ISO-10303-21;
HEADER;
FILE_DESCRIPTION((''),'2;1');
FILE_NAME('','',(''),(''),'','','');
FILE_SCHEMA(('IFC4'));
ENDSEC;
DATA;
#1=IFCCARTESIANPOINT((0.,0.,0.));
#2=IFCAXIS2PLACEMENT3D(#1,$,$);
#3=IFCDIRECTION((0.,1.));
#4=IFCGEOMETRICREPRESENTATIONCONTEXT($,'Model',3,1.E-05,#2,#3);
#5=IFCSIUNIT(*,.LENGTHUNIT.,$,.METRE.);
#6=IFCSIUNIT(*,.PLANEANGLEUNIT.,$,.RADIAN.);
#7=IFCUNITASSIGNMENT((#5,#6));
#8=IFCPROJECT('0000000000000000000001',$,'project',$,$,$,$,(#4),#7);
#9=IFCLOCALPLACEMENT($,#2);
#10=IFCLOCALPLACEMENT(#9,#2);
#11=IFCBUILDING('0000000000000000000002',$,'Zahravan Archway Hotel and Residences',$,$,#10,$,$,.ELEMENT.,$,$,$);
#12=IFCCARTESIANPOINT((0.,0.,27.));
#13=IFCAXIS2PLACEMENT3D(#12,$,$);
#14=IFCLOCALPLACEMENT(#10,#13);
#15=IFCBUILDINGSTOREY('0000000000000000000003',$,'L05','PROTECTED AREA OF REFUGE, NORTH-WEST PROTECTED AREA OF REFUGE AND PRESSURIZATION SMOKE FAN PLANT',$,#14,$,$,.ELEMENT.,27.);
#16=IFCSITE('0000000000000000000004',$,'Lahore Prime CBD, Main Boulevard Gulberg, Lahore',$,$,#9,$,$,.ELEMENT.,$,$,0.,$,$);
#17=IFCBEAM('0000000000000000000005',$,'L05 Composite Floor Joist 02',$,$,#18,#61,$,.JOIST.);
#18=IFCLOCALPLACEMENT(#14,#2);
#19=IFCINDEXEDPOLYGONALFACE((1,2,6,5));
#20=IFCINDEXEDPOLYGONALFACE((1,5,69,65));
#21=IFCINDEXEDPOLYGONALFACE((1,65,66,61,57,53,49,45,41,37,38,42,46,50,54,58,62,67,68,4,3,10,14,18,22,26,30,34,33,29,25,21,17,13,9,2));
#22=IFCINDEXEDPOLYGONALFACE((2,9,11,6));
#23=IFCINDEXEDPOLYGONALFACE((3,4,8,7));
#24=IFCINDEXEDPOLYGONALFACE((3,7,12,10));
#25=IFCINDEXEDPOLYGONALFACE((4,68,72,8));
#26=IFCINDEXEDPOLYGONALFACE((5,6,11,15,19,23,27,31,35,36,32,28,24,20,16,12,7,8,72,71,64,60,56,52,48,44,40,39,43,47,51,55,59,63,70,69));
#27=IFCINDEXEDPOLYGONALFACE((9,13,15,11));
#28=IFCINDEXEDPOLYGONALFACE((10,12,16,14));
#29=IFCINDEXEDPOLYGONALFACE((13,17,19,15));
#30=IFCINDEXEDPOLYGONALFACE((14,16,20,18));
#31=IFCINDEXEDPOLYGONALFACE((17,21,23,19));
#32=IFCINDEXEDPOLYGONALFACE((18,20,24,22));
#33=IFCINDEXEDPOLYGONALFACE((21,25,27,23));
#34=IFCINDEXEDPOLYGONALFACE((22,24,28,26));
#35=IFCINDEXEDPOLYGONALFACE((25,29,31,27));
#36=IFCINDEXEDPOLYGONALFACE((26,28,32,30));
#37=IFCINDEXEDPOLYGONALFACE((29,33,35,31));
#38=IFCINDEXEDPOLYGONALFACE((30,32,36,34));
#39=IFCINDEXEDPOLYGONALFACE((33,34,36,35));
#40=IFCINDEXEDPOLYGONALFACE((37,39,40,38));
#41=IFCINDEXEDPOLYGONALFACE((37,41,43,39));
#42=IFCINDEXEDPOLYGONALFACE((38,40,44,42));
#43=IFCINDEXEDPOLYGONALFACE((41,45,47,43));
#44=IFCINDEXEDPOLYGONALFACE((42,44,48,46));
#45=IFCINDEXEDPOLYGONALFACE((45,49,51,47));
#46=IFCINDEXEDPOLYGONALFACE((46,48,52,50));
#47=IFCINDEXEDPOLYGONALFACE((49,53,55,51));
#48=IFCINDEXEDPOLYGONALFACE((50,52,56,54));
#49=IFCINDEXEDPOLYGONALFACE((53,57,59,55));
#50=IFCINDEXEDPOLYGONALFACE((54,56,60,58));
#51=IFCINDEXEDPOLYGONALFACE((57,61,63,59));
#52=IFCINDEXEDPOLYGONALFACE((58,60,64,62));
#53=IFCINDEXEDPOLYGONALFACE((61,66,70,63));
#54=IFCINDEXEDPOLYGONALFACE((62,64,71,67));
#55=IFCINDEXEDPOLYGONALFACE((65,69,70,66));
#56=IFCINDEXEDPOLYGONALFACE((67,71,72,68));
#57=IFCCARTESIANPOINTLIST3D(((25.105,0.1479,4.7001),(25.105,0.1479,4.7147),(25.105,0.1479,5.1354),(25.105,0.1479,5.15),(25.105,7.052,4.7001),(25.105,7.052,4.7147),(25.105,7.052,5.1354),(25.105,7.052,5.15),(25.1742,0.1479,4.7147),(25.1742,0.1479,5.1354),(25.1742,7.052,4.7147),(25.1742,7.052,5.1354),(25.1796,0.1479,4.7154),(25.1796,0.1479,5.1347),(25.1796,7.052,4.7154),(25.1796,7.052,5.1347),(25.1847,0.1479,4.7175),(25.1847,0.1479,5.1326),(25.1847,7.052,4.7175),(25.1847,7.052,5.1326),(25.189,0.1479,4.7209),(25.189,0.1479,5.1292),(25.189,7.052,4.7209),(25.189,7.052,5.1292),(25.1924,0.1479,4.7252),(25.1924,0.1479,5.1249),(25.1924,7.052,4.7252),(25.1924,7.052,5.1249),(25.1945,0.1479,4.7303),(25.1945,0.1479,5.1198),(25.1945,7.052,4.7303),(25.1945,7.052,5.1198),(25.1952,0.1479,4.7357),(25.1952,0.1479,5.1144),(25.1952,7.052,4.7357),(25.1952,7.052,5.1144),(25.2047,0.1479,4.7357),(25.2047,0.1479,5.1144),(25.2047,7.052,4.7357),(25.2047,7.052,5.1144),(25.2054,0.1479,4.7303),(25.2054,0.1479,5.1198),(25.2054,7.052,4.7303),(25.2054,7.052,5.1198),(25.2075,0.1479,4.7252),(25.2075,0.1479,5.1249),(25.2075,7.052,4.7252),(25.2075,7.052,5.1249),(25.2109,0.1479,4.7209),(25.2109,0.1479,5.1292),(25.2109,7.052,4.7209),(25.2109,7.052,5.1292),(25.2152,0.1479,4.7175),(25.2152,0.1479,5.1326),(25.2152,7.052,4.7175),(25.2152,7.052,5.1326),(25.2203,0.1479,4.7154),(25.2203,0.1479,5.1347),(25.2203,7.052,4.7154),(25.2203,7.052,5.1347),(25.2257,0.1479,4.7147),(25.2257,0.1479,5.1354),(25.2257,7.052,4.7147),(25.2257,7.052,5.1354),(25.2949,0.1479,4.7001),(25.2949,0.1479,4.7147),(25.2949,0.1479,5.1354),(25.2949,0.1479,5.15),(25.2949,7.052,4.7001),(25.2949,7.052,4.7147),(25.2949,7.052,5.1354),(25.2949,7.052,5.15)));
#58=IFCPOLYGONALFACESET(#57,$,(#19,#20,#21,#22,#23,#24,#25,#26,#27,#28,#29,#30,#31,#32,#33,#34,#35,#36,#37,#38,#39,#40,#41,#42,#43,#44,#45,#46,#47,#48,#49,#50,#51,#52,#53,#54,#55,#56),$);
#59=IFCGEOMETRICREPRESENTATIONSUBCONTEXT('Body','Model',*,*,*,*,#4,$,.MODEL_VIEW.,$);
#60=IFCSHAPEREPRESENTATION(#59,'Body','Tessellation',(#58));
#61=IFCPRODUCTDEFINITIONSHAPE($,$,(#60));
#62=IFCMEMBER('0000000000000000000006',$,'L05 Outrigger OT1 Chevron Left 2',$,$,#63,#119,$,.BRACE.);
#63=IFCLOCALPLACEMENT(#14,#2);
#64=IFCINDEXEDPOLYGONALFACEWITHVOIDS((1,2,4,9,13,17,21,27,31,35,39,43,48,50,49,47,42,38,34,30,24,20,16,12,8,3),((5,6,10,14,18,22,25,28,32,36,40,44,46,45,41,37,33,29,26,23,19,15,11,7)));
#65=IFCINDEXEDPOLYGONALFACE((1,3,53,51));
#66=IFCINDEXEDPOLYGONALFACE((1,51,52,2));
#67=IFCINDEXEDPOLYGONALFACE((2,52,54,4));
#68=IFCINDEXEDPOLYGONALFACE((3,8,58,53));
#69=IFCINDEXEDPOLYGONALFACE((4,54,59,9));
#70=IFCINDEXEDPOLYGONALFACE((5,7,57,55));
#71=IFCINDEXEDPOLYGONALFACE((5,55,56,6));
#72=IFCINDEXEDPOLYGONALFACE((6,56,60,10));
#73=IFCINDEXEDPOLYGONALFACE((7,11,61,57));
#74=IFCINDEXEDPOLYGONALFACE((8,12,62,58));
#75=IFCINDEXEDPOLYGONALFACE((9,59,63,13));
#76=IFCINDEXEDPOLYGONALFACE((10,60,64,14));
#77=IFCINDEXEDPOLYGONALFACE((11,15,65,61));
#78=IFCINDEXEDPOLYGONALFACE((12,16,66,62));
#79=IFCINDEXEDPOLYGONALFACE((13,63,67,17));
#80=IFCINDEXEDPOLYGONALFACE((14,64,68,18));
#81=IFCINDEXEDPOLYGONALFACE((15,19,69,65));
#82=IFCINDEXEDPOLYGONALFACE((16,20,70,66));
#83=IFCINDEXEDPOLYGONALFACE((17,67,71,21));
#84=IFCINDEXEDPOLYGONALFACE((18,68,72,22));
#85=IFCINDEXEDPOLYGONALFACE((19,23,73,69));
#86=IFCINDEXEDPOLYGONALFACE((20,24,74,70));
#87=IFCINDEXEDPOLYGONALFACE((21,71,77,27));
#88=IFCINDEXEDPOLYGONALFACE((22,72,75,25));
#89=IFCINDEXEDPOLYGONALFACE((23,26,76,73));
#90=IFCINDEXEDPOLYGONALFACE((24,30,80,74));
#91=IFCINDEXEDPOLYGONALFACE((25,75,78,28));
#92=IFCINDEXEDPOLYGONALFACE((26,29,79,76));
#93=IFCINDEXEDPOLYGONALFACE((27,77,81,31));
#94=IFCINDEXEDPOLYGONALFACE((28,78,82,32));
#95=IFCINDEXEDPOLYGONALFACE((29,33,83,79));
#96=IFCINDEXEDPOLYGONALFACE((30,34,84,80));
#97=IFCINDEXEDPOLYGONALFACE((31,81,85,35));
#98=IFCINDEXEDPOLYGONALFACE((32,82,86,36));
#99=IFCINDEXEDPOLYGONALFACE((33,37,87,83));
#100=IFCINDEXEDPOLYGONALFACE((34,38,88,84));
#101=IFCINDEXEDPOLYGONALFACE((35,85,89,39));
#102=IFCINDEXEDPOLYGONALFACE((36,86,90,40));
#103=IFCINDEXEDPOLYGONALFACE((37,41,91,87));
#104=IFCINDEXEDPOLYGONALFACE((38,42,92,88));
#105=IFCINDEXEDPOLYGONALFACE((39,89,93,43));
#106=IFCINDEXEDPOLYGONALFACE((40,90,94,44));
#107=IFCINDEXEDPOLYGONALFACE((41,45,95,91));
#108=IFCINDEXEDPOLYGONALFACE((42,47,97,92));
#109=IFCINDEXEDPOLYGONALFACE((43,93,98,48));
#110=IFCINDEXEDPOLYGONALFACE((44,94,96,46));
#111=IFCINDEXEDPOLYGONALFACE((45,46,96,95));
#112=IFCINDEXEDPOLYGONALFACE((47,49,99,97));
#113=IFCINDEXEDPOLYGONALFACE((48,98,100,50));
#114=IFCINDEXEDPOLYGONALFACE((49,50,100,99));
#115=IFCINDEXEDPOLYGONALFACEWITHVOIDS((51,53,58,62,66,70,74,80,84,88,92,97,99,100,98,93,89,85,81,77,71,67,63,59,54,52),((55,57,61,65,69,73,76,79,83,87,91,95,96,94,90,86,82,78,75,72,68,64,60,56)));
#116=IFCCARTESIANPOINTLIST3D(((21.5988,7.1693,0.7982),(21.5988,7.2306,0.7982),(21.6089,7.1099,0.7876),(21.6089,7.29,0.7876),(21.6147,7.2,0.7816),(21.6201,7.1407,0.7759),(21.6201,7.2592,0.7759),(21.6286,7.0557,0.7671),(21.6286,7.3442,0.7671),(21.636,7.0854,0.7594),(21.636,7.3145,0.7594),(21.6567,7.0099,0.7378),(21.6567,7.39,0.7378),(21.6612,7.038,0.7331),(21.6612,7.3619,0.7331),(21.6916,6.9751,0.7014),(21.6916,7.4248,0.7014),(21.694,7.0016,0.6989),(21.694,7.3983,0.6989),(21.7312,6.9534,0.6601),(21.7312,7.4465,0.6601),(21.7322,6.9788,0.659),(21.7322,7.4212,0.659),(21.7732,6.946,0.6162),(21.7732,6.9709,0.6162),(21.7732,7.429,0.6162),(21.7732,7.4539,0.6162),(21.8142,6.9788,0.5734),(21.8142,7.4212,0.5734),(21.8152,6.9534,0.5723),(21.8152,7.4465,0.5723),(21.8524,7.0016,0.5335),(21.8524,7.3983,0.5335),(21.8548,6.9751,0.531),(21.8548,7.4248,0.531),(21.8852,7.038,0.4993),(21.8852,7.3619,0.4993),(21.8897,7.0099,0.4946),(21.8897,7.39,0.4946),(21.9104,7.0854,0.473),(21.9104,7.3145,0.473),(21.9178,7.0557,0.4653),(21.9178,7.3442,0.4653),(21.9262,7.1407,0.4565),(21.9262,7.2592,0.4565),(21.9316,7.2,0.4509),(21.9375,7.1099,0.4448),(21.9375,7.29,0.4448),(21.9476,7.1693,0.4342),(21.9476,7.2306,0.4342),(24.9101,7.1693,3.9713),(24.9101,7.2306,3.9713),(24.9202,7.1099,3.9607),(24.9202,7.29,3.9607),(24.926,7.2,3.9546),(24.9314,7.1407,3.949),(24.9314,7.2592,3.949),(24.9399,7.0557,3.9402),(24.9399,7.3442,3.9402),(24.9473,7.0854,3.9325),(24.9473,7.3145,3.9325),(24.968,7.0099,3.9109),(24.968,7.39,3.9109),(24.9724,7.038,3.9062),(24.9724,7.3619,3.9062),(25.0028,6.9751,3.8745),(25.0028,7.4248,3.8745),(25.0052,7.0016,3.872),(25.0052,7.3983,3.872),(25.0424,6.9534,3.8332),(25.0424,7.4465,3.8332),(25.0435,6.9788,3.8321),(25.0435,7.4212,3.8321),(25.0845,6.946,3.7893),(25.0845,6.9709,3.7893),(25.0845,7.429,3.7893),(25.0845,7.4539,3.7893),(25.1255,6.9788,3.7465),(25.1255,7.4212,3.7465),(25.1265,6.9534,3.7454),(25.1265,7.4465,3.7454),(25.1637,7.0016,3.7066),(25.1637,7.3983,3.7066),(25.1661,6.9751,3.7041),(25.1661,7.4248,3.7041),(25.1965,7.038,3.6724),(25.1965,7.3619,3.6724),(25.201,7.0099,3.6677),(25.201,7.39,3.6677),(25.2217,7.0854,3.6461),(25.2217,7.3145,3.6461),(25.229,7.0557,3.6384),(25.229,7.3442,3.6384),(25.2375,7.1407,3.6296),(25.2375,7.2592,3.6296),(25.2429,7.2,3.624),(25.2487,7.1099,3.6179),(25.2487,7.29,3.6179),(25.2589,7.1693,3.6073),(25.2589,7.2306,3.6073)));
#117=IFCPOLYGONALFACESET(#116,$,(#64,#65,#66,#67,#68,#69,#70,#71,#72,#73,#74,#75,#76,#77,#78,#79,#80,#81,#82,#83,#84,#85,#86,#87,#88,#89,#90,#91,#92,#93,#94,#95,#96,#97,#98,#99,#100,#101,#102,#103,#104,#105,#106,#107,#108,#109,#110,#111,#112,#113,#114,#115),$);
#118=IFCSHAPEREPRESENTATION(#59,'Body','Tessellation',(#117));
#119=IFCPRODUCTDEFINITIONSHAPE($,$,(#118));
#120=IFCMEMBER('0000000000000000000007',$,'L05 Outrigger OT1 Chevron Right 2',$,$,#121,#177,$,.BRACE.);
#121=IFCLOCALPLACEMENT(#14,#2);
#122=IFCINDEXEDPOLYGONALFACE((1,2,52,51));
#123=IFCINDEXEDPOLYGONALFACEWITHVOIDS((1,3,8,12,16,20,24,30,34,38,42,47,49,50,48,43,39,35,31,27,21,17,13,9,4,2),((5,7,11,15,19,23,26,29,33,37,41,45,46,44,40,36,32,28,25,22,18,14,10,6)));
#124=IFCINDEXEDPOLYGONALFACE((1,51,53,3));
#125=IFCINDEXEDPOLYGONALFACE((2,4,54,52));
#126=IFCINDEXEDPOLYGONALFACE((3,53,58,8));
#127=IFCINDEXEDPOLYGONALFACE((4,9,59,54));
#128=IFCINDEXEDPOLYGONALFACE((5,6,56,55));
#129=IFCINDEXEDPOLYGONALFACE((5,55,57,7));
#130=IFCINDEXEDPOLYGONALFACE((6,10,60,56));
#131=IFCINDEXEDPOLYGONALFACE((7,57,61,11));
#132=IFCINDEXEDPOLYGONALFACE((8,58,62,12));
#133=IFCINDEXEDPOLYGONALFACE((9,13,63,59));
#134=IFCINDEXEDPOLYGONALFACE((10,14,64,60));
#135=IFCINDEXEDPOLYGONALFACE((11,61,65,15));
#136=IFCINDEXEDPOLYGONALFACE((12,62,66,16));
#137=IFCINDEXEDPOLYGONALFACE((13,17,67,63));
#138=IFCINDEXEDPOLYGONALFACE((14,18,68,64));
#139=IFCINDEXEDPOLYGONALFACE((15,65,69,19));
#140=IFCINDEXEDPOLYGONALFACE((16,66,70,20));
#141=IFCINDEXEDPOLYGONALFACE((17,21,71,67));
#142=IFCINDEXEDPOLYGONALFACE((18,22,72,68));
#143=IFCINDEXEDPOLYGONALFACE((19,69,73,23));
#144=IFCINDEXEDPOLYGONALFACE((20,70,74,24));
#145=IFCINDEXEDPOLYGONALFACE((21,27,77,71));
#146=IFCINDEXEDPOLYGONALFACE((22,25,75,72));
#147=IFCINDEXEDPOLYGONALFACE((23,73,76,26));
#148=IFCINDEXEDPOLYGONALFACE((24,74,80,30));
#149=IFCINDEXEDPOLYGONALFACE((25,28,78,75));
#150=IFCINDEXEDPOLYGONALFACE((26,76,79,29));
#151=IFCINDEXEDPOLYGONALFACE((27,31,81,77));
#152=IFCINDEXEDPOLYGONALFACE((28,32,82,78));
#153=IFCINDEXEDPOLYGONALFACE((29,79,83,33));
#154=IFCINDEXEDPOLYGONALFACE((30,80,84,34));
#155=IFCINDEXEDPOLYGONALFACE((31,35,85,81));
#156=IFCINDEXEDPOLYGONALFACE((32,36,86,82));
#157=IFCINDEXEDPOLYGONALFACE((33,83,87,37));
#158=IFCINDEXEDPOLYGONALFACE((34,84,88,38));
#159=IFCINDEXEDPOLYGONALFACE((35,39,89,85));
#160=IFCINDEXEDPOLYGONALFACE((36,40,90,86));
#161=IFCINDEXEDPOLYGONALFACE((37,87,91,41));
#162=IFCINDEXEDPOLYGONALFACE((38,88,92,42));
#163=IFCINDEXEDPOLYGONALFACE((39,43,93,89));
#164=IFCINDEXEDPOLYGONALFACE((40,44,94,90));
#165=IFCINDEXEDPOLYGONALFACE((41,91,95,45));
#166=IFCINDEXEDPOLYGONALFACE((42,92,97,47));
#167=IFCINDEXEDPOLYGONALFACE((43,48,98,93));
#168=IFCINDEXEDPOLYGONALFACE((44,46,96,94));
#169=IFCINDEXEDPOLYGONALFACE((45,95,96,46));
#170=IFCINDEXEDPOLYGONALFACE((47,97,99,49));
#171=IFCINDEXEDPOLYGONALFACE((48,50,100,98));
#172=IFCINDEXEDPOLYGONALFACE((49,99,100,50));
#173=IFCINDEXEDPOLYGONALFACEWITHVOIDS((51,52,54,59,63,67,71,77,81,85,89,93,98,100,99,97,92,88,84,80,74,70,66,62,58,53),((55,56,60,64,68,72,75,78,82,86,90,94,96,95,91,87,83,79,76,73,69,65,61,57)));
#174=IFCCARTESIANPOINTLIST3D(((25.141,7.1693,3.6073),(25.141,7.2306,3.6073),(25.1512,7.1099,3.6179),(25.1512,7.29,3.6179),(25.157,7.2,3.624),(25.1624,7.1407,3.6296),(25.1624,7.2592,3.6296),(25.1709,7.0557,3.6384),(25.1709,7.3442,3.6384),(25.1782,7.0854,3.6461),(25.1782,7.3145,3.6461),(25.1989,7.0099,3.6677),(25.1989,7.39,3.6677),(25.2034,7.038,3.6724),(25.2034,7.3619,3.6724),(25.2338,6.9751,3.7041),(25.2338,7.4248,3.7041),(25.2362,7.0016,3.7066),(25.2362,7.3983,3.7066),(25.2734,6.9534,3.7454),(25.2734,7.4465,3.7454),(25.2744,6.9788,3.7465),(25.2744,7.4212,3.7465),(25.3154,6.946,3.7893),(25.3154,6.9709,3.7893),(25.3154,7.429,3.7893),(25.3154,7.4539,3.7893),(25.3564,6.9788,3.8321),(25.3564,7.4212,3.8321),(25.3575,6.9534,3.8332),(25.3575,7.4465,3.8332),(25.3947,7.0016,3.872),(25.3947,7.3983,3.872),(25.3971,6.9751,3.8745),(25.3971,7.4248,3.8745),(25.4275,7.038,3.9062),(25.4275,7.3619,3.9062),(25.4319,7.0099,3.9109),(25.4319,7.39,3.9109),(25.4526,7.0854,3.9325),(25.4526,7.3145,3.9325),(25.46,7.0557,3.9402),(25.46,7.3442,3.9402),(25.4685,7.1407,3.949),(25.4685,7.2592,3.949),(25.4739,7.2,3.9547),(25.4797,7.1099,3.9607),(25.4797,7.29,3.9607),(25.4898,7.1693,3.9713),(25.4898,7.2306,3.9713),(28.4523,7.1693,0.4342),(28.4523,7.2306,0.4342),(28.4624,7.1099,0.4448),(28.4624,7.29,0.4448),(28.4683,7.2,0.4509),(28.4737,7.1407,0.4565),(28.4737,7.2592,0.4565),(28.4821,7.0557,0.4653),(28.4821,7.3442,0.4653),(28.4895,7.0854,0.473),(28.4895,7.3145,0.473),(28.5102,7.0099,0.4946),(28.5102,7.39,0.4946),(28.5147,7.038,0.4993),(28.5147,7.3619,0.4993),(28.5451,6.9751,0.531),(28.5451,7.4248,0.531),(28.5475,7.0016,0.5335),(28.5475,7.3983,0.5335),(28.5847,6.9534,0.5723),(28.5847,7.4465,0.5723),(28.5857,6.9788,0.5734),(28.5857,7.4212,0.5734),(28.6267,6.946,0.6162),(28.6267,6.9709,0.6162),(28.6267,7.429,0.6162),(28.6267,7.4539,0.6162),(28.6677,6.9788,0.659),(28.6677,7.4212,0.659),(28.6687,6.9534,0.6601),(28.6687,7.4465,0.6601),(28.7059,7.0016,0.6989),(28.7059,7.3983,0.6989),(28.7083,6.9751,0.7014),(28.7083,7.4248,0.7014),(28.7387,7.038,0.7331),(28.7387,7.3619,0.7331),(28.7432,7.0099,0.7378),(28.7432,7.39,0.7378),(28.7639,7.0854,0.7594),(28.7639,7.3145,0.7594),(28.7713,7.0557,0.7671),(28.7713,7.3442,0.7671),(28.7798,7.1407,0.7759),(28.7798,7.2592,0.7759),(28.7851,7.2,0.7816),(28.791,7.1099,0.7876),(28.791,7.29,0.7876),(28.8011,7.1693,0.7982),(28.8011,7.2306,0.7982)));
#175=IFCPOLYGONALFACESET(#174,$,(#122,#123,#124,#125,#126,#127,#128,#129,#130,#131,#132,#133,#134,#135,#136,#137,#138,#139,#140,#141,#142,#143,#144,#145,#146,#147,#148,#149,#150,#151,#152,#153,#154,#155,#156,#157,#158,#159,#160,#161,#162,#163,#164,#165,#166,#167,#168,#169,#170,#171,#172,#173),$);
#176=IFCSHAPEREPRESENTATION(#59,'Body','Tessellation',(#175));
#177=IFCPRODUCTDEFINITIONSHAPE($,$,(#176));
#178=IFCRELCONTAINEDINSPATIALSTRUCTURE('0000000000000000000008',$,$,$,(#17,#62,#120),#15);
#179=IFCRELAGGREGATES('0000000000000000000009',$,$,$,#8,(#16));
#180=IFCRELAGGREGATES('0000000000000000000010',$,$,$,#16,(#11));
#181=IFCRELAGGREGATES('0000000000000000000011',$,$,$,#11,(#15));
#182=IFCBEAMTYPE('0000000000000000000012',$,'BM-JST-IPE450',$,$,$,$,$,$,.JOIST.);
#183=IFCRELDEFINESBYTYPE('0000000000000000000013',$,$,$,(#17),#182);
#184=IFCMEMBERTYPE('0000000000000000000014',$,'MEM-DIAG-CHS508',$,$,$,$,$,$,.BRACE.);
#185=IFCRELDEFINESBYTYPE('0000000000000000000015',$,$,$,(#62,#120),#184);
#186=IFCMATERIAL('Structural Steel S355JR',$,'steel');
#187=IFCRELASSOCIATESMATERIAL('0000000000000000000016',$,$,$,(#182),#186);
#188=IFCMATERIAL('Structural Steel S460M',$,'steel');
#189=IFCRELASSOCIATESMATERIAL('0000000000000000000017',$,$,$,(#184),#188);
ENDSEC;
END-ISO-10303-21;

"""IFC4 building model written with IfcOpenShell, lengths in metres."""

from ifc_helpers import new_model, si_unit, direction, frame, origin, origin_2d, place, context, subcontext, project, spatial, hollow_circle, i_section, extrude, source, transform, mapped, material, material_profile, profile_set, type_object, type_shapes, element, save


model = new_model("IFC4")

# Units and contexts
model_context = context("Model", 3, precision=1e-05, world=origin(), true_north=direction((0.0, 1.0)))
body_context = subcontext(model_context, "Body", "Model", "MODEL_VIEW")
ifc_project = project(units=[si_unit("LENGTHUNIT", "METRE"), si_unit("PLANEANGLEUNIT", "RADIAN")], contexts=[model_context])

# Site, building, storey
site_placement = place(None, origin())
site = spatial("IfcSite", under=ifc_project, at=site_placement, Name="Lahore Prime CBD, Main Boulevard Gulberg, Lahore", CompositionType="ELEMENT", RefElevation=0.0)
building_placement = place(site_placement, origin())
building = spatial("IfcBuilding", under=site, at=building_placement, Name="Zahravan Archway Hotel and Residences", CompositionType="ELEMENT")
storey_placement = place(building_placement, frame((0.0, 0.0, 27.0)))
storey = spatial("IfcBuildingStorey", under=building, at=storey_placement, Name="L05", Description="PROTECTED AREA OF REFUGE, NORTH-WEST PROTECTED AREA OF REFUGE AND PRESSURIZATION SMOKE FAN PLANT", CompositionType="ELEMENT", Elevation=27.0)

# Shared definitions
ifc_material_1 = material(Name="Structural Steel S460M", Category="steel")

# Beam
ifc_material_2 = material(Name="Structural Steel S355JR", Category="steel")
ifc_material_profile_1 = material_profile(ifc_material_2, i_section(OverallWidth=0.1899, OverallDepth=0.45, WebThickness=0.0095, FlangeThickness=0.0146, FilletRadius=0.021, at=origin_2d()), Name="IPE 450", Category="steel")
ifc_profile_set_1 = profile_set([ifc_material_profile_1], Name="Structural Steel S355JR")
beam_type_1 = type_object("IfcBeamType", Name="BM-JST-IPE450", PredefinedType="JOIST", material=ifc_profile_set_1)
shared_shape_1 = source(origin(), body_context, "Body", "SweptSolid", [
    extrude(i_section(OverallWidth=0.1899, OverallDepth=0.45, WebThickness=0.0095, FlangeThickness=0.0146, FilletRadius=0.021, at=origin_2d()), origin(), (0.0, 0.0, 1.0), 6.9041),
])
type_shapes(beam_type_1, [shared_shape_1])
beam_1_placement = place(storey_placement, frame((25.2, 0.1479, 4.925), z_axis=(0.0, 1.0, 0.0), x_axis=(-1.0, 0.0, 0.0)))
element("IfcBeam", 1, at=beam_1_placement, inside=storey, type_object=beam_type_1, Name="L05 Composite Floor Joist 02", PredefinedType="JOIST", context=body_context, shape_type="MappedRepresentation", body=[
    mapped(shared_shape_1, transform((0.0, 0.0, 0.0), scale=1.0)),
])

# Members
ifc_material_profile_2 = material_profile(ifc_material_1, hollow_circle(Radius=0.2539, WallThickness=0.0249, at=origin_2d()), Name="CHS 508x25", Category="steel")
ifc_profile_set_2 = profile_set([ifc_material_profile_2], Name="Structural Steel S460M")
member_type_1 = type_object("IfcMemberType", Name="MEM-DIAG-CHS508", PredefinedType="BRACE", material=ifc_profile_set_2)
shared_shape_2 = source(origin(), body_context, "Body", "SweptSolid", [
    extrude(hollow_circle(Radius=0.2539, WallThickness=0.0249, at=origin_2d()), origin(), (0.0, 0.0, 1.0), 4.5862),
])
type_shapes(member_type_1, [shared_shape_2])
for number, where, z_axis, x_axis, name in (
    (2, (21.7732, 7.2, 0.6162), (0.722011, 0.0, 0.691881), (0.0, 1.0, 0.0), "L05 Outrigger OT1 Chevron Left 2"),
    (3, (25.3154, 7.2, 3.7893), (0.722011, 0.0, -0.691881), (0.0, 1.0, 0.0), "L05 Outrigger OT1 Chevron Right 2"),
):
    element("IfcMember", number, at=place(storey_placement, frame(where, z_axis=z_axis, x_axis=x_axis)), inside=storey, type_object=member_type_1, Name=name, PredefinedType="BRACE", context=body_context, shape_type="MappedRepresentation", body=[
        mapped(shared_shape_2, transform((0.0, 0.0, 0.0), scale=1.0)),
    ])

save(model, "model.ifc")
